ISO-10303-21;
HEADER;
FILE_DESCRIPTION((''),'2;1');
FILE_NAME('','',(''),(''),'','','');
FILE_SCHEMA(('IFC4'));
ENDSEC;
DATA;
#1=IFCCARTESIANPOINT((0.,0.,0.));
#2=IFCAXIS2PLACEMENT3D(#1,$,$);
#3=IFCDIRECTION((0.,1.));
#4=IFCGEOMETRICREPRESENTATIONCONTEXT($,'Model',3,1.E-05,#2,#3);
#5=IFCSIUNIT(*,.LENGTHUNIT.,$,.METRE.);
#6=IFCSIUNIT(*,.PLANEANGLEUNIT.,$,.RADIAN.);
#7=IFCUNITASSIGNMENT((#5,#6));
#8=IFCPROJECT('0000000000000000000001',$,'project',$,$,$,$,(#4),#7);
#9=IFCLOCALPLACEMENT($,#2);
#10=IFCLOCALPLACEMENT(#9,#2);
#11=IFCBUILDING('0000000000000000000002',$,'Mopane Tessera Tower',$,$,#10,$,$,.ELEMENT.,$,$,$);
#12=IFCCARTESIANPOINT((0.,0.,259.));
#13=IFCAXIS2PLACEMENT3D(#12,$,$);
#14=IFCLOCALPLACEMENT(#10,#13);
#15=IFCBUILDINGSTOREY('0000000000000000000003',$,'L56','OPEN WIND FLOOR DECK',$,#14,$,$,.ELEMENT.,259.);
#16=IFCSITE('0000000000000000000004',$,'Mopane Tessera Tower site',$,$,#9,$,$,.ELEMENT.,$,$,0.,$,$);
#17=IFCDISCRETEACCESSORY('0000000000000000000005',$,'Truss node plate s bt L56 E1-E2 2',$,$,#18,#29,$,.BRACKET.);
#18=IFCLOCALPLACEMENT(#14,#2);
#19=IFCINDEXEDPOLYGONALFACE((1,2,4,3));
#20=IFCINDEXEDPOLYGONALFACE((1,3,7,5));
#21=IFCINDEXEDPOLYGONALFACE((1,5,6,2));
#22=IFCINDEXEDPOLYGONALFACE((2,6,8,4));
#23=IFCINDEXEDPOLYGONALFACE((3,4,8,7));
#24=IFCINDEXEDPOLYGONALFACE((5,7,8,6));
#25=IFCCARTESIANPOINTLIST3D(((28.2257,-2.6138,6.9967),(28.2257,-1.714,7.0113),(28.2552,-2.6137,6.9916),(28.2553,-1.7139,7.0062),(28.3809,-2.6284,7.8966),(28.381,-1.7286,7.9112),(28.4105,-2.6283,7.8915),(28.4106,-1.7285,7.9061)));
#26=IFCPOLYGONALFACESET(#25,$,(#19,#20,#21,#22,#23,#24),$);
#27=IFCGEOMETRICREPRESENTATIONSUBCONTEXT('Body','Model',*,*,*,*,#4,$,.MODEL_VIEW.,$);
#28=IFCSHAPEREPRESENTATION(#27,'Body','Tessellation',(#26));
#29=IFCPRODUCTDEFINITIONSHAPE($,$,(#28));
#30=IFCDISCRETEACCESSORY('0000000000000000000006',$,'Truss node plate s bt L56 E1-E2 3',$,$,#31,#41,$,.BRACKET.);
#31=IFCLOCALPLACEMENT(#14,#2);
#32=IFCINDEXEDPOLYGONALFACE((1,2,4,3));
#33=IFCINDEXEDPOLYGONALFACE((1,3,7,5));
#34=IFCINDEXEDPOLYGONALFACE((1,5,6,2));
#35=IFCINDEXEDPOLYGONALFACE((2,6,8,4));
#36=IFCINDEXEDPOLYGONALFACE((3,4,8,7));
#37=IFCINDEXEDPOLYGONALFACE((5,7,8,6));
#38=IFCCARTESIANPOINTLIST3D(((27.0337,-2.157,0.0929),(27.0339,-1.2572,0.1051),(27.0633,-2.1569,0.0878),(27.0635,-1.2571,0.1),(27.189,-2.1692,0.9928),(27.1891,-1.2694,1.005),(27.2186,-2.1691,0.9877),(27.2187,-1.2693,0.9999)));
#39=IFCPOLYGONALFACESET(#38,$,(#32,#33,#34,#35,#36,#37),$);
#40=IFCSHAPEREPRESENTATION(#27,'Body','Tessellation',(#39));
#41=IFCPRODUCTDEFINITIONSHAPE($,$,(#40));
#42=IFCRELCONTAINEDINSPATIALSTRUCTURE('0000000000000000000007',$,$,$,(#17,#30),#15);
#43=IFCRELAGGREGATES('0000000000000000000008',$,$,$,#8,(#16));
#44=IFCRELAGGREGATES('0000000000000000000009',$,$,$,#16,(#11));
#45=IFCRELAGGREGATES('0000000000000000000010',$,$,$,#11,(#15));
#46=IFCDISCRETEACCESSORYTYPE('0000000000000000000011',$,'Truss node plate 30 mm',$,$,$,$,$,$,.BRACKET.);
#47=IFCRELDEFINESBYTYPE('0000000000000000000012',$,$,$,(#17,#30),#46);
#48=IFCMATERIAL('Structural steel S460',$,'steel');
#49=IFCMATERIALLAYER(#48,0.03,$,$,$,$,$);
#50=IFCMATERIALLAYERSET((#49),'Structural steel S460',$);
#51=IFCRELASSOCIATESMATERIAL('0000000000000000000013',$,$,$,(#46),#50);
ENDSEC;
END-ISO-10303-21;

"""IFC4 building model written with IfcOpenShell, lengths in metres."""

from ifc_helpers import new_model, si_unit, direction, frame, origin, origin_2d, place, context, subcontext, project, spatial, rectangle, extrude, material, layer, layer_set, type_object, element, save


model = new_model("IFC4")

# Units and contexts
model_context = context("Model", 3, precision=1e-05, world=origin(), true_north=direction((0.0, 1.0)))
body_context = subcontext(model_context, "Body", "Model", "MODEL_VIEW")
ifc_project = project(units=[si_unit("LENGTHUNIT", "METRE"), si_unit("PLANEANGLEUNIT", "RADIAN")], contexts=[model_context])

# Site, building, storey
site_placement = place(None, origin())
site = spatial("IfcSite", under=ifc_project, at=site_placement, Name="Mopane Tessera Tower site", CompositionType="ELEMENT", RefElevation=0.0)
building_placement = place(site_placement, origin())
building = spatial("IfcBuilding", under=site, at=building_placement, Name="Mopane Tessera Tower", CompositionType="ELEMENT")
storey_placement = place(building_placement, frame((0.0, 0.0, 259.0)))
storey = spatial("IfcBuildingStorey", under=building, at=storey_placement, Name="L56", Description="OPEN WIND FLOOR DECK", CompositionType="ELEMENT", Elevation=259.0)

# Discrete accessories
ifc_material_1 = material(Name="Structural steel S460", Category="steel")
ifc_layer = layer(ifc_material_1, 0.03)
ifc_layer_set = layer_set([ifc_layer], Name="Structural steel S460")
discrete_accessory_type = type_object("IfcDiscreteAccessoryType", Name="Truss node plate 30 mm", PredefinedType="BRACKET", material=ifc_layer_set)
for number, where, z_axis, x_axis, name in (
    (1, (28.2405, -2.1638, 7.0015), (0.17001, -0.016039, 0.985312), (-0.985442, -0.002697, 0.169989), "Truss node plate s bt L56 E1-E2 2"),
    (2, (27.0486, -1.707, 0.0964), (0.170017, -0.013366, 0.98535), (-0.985441, -0.002134, 0.170004), "Truss node plate s bt L56 E1-E2 3"),
):
    element("IfcDiscreteAccessory", number, at=place(storey_placement, frame(where, z_axis=z_axis, x_axis=x_axis)), inside=storey, type_object=discrete_accessory_type, Name=name, PredefinedType="BRACKET", context=body_context, shape_type="SweptSolid", body=[
        extrude(rectangle(XDim=0.03, YDim=0.8999, at=origin_2d()), origin(), (0.0, 0.0, 1.0), 0.9133),
    ])

save(model, "model.ifc")
